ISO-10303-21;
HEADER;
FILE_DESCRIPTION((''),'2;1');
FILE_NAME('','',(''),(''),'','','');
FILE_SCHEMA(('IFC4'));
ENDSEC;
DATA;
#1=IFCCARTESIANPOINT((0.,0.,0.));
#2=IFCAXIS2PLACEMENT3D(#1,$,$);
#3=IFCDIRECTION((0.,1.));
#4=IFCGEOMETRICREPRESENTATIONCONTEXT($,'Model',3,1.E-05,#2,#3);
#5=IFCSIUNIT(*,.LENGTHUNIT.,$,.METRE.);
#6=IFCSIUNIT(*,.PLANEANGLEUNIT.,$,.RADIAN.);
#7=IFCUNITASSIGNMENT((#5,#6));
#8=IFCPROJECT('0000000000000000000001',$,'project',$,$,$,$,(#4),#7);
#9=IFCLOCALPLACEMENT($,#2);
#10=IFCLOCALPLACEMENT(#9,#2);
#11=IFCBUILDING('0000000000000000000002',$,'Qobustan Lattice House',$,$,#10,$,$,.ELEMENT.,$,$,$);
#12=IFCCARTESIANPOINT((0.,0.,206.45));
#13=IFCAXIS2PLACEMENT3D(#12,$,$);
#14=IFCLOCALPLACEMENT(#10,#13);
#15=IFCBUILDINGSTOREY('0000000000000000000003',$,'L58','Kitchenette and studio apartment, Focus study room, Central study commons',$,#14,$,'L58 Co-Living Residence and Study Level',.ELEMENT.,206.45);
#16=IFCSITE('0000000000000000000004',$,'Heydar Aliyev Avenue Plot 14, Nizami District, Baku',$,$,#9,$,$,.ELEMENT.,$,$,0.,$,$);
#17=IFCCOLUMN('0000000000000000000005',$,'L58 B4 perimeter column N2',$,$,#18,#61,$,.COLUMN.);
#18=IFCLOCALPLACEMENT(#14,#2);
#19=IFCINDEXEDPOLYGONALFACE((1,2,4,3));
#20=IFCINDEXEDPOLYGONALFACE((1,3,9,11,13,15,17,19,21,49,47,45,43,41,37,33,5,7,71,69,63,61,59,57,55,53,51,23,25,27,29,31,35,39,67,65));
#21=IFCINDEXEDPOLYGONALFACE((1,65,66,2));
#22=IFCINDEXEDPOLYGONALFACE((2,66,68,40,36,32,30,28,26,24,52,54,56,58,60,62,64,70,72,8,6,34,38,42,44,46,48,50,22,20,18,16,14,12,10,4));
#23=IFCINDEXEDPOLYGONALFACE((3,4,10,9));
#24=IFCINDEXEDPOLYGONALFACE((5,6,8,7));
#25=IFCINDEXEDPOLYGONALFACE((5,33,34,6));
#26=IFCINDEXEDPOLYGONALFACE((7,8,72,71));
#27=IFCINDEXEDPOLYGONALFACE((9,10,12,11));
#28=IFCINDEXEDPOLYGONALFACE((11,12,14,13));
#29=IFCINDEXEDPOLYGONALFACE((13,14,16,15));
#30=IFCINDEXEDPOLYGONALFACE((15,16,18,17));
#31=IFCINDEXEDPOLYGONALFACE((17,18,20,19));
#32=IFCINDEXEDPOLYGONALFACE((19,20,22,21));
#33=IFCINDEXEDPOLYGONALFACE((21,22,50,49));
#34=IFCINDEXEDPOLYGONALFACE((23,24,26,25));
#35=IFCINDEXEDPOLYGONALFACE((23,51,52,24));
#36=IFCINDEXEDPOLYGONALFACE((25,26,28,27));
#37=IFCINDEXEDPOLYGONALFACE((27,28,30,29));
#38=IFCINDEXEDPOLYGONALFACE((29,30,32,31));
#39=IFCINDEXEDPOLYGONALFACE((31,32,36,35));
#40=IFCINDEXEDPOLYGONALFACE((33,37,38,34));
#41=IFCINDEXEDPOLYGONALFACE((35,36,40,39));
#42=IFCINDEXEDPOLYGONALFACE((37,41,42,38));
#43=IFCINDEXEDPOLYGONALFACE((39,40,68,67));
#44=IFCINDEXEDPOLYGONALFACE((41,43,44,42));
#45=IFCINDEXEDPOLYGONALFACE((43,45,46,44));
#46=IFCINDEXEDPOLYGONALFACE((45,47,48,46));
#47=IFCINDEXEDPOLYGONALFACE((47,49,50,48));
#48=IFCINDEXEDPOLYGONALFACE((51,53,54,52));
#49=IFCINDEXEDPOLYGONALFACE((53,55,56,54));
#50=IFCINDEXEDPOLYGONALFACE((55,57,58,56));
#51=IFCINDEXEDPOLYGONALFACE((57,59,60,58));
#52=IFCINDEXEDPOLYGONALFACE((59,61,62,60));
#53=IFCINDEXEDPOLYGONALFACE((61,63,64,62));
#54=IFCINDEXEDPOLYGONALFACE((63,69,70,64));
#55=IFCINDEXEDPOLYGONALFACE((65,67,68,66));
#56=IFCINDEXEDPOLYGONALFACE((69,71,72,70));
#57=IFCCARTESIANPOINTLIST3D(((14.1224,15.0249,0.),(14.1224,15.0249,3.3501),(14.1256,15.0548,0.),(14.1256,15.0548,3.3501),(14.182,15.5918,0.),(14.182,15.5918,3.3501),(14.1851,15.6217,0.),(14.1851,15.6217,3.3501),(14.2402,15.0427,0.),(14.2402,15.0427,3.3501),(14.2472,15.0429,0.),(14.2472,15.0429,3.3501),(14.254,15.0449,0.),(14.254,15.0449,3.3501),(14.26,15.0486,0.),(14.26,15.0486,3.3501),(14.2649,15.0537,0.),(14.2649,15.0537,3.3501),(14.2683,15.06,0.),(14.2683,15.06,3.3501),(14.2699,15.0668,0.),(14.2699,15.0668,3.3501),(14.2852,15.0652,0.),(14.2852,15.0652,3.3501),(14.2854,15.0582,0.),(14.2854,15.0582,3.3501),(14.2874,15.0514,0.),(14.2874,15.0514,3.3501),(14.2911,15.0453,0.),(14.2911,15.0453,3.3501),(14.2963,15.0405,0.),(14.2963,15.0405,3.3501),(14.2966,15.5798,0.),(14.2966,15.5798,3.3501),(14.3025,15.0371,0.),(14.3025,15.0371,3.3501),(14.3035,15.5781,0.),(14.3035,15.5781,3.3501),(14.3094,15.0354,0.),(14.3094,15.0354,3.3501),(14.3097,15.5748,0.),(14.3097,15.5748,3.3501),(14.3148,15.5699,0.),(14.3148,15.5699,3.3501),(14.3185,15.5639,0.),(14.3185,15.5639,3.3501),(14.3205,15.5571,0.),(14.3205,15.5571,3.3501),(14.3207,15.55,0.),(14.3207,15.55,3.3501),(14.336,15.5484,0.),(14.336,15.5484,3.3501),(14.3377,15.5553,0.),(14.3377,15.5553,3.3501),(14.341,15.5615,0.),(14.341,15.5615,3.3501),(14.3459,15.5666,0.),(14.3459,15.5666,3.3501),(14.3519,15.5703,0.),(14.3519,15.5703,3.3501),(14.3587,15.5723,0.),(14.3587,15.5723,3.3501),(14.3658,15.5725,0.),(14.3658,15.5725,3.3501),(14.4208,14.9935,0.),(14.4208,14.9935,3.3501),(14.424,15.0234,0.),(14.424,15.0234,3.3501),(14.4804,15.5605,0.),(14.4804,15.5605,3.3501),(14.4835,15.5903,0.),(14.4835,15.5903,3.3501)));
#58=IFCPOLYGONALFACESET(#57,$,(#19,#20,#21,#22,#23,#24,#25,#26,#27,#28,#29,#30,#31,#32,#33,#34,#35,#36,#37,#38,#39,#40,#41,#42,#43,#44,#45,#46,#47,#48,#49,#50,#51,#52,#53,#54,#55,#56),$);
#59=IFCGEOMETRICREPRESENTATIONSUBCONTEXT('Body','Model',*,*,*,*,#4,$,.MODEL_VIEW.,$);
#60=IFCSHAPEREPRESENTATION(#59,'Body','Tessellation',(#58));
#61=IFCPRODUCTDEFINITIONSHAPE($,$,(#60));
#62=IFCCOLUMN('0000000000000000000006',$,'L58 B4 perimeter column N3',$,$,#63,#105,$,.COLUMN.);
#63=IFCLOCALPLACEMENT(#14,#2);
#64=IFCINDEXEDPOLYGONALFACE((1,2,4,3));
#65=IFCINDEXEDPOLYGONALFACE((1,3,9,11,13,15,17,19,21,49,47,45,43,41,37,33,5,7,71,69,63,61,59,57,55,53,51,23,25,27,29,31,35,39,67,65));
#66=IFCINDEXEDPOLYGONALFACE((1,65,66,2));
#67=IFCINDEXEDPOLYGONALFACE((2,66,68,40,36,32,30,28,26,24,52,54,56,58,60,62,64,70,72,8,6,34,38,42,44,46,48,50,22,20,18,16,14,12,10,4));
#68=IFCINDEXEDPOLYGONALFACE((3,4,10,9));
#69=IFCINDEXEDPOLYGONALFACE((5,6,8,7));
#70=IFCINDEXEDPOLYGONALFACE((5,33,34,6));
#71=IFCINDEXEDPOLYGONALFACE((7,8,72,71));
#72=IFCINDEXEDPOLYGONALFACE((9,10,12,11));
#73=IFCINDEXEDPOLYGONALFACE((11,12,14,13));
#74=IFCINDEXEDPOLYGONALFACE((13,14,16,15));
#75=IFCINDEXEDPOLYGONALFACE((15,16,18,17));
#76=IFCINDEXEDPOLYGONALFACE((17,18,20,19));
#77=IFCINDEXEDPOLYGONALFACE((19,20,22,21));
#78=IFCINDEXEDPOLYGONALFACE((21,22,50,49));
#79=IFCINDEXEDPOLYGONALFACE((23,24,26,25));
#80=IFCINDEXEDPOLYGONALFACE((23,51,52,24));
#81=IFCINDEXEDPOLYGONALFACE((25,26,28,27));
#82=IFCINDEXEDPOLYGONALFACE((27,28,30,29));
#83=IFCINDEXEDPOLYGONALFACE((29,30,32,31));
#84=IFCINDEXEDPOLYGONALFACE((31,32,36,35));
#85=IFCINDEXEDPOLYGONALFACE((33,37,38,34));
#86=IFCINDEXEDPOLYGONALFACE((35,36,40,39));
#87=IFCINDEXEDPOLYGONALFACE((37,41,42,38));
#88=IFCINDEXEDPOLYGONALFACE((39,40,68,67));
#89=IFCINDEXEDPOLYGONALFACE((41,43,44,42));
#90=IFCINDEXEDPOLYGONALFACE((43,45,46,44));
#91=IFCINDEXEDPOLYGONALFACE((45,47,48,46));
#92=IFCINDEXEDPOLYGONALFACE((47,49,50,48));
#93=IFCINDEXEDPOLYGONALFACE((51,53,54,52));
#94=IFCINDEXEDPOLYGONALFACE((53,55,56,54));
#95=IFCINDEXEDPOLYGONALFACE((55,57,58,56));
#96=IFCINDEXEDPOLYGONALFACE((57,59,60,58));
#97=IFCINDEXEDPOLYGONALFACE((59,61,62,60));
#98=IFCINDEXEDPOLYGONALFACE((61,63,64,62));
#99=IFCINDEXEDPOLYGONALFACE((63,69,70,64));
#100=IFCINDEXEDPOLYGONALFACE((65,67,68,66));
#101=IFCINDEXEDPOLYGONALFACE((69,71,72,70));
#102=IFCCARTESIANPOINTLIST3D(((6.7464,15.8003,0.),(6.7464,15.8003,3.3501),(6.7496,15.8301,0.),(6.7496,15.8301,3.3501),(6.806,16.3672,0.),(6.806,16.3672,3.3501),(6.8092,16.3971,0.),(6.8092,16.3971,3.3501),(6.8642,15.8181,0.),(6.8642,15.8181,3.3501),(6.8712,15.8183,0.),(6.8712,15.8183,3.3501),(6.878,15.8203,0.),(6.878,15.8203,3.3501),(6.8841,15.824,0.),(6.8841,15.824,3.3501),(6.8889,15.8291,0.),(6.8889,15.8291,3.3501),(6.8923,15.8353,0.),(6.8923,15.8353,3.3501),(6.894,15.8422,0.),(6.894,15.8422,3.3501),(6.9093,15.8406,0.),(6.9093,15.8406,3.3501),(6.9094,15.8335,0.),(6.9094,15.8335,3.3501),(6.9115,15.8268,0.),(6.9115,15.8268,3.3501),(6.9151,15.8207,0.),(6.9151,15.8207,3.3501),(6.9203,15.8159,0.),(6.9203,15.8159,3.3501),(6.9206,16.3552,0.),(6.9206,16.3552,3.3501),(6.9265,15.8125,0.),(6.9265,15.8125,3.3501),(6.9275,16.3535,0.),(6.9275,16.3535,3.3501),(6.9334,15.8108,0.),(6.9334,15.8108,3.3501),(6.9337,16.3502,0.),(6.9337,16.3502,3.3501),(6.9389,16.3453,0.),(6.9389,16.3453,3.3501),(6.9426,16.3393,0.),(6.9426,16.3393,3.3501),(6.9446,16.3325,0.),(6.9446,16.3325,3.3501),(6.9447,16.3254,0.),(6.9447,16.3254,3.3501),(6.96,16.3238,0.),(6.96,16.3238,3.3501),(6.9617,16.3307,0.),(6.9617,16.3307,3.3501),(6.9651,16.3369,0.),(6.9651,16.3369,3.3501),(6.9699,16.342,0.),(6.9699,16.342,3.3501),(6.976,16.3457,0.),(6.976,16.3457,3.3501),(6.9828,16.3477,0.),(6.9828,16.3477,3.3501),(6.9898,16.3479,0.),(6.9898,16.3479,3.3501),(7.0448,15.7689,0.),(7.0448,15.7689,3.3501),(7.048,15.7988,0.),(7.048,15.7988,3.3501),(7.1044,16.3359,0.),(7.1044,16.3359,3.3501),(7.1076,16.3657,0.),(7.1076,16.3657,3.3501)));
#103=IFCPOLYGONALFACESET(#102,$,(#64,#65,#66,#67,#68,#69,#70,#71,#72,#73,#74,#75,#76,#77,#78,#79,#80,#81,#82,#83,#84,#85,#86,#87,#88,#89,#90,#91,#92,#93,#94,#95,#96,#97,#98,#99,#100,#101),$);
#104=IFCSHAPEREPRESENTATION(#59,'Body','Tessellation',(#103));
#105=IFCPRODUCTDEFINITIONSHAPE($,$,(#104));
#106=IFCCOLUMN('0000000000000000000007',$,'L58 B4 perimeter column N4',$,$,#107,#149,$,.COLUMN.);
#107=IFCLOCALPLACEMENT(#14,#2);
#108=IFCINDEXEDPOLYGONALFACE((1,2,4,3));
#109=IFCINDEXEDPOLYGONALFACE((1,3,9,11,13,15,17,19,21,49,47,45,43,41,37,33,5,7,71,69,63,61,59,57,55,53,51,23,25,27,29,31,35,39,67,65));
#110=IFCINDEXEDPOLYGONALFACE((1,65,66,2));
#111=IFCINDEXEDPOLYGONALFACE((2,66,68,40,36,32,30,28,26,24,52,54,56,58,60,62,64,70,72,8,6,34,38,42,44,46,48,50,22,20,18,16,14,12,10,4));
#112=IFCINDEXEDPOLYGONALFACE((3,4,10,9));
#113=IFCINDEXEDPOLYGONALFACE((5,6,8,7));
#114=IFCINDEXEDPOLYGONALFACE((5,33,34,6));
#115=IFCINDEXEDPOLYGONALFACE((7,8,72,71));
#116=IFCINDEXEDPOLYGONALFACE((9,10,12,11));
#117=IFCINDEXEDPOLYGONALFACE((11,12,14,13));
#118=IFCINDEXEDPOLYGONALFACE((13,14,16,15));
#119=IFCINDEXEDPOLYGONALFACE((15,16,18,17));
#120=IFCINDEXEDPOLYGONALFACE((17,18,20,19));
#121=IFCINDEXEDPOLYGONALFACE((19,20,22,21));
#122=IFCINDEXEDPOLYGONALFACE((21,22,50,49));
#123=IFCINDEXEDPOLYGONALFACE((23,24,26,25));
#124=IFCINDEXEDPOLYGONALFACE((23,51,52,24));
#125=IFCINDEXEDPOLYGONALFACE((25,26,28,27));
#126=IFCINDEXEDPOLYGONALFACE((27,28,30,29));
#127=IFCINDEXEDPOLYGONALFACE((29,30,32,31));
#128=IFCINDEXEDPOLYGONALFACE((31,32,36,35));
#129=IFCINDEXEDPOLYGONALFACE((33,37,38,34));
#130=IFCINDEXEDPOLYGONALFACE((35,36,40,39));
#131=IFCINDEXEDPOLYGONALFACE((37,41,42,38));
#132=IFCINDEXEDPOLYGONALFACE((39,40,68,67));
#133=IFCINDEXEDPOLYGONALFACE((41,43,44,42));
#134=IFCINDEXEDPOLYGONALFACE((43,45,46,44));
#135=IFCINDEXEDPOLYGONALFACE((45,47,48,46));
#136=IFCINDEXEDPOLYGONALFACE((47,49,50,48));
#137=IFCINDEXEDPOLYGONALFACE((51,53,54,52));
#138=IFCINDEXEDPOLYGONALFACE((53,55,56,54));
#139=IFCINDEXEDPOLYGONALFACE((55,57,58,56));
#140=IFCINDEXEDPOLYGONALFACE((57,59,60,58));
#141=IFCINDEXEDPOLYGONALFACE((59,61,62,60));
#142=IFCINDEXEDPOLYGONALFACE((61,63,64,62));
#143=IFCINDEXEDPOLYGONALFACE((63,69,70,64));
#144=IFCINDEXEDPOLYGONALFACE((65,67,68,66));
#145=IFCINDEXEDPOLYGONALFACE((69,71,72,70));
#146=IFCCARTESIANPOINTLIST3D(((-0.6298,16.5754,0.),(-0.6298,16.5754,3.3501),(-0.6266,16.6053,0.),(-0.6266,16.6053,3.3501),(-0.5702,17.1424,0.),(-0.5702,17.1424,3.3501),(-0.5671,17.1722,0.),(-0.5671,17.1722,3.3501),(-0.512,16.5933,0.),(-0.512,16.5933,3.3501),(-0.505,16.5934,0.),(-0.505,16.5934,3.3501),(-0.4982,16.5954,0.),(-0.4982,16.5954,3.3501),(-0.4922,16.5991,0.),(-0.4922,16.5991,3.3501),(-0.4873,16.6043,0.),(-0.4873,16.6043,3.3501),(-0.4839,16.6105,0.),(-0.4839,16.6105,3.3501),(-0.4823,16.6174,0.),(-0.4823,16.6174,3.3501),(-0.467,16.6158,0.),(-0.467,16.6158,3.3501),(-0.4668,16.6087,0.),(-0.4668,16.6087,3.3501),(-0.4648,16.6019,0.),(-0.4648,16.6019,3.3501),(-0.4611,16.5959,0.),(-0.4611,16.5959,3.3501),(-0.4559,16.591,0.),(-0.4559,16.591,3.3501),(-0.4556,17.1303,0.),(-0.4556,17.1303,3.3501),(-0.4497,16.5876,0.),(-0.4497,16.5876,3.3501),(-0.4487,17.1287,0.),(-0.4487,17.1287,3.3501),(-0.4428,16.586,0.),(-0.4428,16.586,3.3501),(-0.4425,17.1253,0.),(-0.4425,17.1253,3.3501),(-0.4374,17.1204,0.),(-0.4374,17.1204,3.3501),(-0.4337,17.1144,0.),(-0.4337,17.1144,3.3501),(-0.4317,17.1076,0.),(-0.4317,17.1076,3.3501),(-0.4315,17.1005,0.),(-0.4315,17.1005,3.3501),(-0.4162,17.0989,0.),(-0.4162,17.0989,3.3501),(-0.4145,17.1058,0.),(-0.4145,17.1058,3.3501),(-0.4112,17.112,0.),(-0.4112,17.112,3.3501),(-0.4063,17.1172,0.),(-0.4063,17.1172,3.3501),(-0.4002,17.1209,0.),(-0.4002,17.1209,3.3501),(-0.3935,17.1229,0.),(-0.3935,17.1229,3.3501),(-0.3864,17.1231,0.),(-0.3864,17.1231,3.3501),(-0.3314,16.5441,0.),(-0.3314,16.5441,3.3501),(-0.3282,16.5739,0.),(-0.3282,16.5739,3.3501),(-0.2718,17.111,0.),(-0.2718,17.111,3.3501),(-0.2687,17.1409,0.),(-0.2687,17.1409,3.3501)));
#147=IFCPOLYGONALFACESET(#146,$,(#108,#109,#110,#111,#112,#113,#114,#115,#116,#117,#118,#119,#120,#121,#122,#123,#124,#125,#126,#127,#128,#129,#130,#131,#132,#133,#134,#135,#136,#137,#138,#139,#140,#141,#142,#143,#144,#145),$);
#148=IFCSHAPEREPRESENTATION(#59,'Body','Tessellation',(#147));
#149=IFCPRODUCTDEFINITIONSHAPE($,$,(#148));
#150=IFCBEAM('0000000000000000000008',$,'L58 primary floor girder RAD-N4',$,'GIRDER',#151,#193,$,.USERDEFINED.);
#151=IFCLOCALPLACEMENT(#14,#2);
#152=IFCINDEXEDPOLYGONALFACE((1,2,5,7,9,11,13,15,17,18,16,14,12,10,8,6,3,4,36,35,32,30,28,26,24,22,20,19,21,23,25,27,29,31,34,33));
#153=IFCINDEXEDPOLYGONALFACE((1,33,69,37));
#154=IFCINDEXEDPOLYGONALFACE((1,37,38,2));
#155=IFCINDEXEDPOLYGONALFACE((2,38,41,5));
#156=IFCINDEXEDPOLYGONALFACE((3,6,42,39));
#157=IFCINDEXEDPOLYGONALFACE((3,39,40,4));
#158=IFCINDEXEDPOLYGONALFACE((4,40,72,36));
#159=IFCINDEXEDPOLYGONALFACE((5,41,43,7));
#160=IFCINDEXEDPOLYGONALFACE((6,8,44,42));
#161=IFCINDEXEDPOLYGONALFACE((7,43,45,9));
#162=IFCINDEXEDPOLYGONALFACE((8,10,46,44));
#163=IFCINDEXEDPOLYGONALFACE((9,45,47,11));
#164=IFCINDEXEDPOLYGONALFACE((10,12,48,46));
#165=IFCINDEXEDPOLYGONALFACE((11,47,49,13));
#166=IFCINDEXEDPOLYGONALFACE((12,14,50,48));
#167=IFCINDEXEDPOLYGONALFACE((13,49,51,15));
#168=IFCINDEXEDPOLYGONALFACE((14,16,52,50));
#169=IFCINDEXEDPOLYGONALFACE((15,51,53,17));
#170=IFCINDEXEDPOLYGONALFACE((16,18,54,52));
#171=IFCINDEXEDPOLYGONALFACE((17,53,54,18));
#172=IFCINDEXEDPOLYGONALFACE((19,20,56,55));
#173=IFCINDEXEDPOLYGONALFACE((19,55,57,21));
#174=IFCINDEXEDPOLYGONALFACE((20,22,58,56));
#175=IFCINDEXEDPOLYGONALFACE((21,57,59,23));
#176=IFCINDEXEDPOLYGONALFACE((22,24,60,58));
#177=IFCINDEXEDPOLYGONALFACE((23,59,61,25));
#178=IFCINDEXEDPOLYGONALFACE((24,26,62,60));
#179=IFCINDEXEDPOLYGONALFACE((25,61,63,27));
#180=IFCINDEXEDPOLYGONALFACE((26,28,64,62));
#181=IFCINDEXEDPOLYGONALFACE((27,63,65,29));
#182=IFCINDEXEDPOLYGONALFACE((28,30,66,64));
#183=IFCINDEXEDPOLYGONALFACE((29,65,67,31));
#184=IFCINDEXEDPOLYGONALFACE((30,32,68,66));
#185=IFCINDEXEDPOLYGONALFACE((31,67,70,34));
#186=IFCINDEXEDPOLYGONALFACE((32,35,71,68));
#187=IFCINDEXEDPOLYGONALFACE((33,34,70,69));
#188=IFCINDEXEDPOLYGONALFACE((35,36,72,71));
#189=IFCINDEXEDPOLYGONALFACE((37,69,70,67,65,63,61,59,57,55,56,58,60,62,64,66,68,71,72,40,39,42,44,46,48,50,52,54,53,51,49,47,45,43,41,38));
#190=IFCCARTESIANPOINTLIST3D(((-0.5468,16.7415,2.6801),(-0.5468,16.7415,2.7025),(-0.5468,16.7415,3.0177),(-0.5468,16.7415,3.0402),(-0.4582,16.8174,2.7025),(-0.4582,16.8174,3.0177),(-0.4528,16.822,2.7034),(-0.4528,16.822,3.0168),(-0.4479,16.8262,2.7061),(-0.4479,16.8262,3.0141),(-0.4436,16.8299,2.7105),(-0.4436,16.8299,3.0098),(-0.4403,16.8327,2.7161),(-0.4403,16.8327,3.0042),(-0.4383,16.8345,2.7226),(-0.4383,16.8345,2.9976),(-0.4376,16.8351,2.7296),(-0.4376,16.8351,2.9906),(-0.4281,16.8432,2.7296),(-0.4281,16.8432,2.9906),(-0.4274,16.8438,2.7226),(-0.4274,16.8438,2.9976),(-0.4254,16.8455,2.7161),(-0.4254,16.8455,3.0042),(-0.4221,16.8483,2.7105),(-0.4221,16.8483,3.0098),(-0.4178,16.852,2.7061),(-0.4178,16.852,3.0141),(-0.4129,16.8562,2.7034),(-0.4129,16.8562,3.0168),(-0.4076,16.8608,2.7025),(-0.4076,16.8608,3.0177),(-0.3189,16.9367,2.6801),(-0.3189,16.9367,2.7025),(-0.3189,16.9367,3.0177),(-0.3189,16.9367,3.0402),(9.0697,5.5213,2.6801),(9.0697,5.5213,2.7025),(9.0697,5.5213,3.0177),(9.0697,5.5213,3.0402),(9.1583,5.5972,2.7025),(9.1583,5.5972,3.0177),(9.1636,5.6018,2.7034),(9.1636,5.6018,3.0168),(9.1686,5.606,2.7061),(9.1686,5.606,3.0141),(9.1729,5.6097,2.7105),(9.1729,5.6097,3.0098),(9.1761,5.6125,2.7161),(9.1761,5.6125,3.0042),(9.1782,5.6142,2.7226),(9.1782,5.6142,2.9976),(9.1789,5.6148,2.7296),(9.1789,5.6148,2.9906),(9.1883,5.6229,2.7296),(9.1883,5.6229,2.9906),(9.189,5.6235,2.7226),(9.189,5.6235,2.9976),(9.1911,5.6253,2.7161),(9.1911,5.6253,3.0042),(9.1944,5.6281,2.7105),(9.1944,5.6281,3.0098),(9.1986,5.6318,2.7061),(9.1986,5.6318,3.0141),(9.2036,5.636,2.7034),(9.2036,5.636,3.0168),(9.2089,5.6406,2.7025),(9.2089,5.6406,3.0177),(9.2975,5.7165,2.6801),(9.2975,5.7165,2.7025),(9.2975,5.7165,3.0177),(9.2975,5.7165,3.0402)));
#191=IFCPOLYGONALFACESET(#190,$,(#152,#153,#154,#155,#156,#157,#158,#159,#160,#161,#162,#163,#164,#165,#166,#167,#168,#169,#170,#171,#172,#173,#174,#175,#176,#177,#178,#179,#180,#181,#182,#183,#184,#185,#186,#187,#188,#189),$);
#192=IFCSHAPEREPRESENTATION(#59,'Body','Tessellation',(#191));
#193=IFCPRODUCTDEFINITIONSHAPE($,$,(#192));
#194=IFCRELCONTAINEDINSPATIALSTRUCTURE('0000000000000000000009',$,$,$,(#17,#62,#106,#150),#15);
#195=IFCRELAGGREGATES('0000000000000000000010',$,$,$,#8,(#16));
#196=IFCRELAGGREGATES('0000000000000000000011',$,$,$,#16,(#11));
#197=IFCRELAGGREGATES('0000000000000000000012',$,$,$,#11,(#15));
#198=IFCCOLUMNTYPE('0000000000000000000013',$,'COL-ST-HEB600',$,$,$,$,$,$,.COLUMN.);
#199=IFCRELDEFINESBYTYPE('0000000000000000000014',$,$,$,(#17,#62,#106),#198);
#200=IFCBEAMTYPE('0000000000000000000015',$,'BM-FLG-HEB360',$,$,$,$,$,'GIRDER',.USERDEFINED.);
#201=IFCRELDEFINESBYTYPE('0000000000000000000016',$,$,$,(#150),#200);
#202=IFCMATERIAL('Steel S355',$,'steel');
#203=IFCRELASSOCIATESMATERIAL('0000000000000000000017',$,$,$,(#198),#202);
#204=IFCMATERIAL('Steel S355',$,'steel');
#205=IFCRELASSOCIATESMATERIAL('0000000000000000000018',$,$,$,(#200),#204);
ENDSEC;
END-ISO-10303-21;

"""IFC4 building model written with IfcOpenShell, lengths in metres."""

from ifc_helpers import new_model, si_unit, direction, frame, origin, origin_2d, place, context, subcontext, project, spatial, i_section, extrude, material, material_profile, profile_set, type_object, element, save


model = new_model("IFC4")

# Units and contexts
model_context = context("Model", 3, precision=1e-05, world=origin(), true_north=direction((0.0, 1.0)))
body_context = subcontext(model_context, "Body", "Model", "MODEL_VIEW")
ifc_project = project(units=[si_unit("LENGTHUNIT", "METRE"), si_unit("PLANEANGLEUNIT", "RADIAN")], contexts=[model_context])

# Site, building, storey
site_placement = place(None, origin())
site = spatial("IfcSite", under=ifc_project, at=site_placement, Name="Heydar Aliyev Avenue Plot 14, Nizami District, Baku", CompositionType="ELEMENT", RefElevation=0.0)
building_placement = place(site_placement, origin())
building = spatial("IfcBuilding", under=site, at=building_placement, Name="Qobustan Lattice House", CompositionType="ELEMENT")
storey_placement = place(building_placement, frame((0.0, 0.0, 206.45)))
storey = spatial("IfcBuildingStorey", under=building, at=storey_placement, Name="L58", Description="Kitchenette and studio apartment, Focus study room, Central study commons", LongName="L58 Co-Living Residence and Study Level", CompositionType="ELEMENT", Elevation=206.45)

# Columns
ifc_material_1 = material(Name="Steel S355", Category="steel")
ifc_material_profile_1 = material_profile(ifc_material_1, i_section(OverallWidth=0.3, OverallDepth=0.6001, WebThickness=0.0154, FlangeThickness=0.03, FilletRadius=0.0271, at=origin_2d()), Name="HEB600")
ifc_profile_set_1 = profile_set([ifc_material_profile_1], Name="Steel S355")
column_type = type_object("IfcColumnType", Name="COL-ST-HEB600", PredefinedType="COLUMN", material=ifc_profile_set_1)
for number, where, z_axis, x_axis, name in (
    (1, (14.303, 15.3076, 0.0), (0.0, 0.0, 1.0), (0.994522, -0.104528, 0.0), "L58 B4 perimeter column N2"),
    (2, (6.927, 16.083, 0.0), (0.0, 0.0, 1.0), (0.994522, -0.104528, 0.0), "L58 B4 perimeter column N3"),
    (3, (-0.4492, 16.8582, 0.0), (0.0, 0.0, 1.0), (0.994522, -0.104528, 0.0), "L58 B4 perimeter column N4"),
):
    element("IfcColumn", number, at=place(storey_placement, frame(where, z_axis=z_axis, x_axis=x_axis)), inside=storey, type_object=column_type, Name=name, PredefinedType="COLUMN", context=body_context, shape_type="SweptSolid", body=[
        extrude(i_section(OverallWidth=0.3, OverallDepth=0.6001, WebThickness=0.0154, FlangeThickness=0.03, FilletRadius=0.0271, at=origin_2d()), origin(), (0.0, 0.0, 1.0), 3.3501),
    ])

# Beam
ifc_material_2 = material(Name="Steel S355", Category="steel")
ifc_material_profile_2 = material_profile(ifc_material_2, i_section(OverallWidth=0.3, OverallDepth=0.3601, WebThickness=0.0125, FlangeThickness=0.0225, FilletRadius=0.0271, at=origin_2d()), Name="HEB360")
ifc_profile_set_2 = profile_set([ifc_material_profile_2], Name="Steel S355")
beam_type_1 = type_object("IfcBeamType", Name="BM-FLG-HEB360", ElementType="GIRDER", PredefinedType="USERDEFINED", material=ifc_profile_set_2)
beam_1_placement = place(storey_placement, frame((-0.4329, 16.8391, 2.8601), z_axis=(0.650757, -0.759286, 0.0), x_axis=(0.759286, 0.650757, 0.0)))
element("IfcBeam", 4, at=beam_1_placement, inside=storey, type_object=beam_type_1, Name="L58 primary floor girder RAD-N4", ObjectType="GIRDER", PredefinedType="USERDEFINED", context=body_context, shape_type="SweptSolid", body=[
    extrude(i_section(OverallWidth=0.3, OverallDepth=0.3601, WebThickness=0.0125, FlangeThickness=0.0225, FilletRadius=0.0271, at=origin_2d()), origin(), (0.0, 0.0, 1.0), 14.7773),
])

save(model, "model.ifc")
